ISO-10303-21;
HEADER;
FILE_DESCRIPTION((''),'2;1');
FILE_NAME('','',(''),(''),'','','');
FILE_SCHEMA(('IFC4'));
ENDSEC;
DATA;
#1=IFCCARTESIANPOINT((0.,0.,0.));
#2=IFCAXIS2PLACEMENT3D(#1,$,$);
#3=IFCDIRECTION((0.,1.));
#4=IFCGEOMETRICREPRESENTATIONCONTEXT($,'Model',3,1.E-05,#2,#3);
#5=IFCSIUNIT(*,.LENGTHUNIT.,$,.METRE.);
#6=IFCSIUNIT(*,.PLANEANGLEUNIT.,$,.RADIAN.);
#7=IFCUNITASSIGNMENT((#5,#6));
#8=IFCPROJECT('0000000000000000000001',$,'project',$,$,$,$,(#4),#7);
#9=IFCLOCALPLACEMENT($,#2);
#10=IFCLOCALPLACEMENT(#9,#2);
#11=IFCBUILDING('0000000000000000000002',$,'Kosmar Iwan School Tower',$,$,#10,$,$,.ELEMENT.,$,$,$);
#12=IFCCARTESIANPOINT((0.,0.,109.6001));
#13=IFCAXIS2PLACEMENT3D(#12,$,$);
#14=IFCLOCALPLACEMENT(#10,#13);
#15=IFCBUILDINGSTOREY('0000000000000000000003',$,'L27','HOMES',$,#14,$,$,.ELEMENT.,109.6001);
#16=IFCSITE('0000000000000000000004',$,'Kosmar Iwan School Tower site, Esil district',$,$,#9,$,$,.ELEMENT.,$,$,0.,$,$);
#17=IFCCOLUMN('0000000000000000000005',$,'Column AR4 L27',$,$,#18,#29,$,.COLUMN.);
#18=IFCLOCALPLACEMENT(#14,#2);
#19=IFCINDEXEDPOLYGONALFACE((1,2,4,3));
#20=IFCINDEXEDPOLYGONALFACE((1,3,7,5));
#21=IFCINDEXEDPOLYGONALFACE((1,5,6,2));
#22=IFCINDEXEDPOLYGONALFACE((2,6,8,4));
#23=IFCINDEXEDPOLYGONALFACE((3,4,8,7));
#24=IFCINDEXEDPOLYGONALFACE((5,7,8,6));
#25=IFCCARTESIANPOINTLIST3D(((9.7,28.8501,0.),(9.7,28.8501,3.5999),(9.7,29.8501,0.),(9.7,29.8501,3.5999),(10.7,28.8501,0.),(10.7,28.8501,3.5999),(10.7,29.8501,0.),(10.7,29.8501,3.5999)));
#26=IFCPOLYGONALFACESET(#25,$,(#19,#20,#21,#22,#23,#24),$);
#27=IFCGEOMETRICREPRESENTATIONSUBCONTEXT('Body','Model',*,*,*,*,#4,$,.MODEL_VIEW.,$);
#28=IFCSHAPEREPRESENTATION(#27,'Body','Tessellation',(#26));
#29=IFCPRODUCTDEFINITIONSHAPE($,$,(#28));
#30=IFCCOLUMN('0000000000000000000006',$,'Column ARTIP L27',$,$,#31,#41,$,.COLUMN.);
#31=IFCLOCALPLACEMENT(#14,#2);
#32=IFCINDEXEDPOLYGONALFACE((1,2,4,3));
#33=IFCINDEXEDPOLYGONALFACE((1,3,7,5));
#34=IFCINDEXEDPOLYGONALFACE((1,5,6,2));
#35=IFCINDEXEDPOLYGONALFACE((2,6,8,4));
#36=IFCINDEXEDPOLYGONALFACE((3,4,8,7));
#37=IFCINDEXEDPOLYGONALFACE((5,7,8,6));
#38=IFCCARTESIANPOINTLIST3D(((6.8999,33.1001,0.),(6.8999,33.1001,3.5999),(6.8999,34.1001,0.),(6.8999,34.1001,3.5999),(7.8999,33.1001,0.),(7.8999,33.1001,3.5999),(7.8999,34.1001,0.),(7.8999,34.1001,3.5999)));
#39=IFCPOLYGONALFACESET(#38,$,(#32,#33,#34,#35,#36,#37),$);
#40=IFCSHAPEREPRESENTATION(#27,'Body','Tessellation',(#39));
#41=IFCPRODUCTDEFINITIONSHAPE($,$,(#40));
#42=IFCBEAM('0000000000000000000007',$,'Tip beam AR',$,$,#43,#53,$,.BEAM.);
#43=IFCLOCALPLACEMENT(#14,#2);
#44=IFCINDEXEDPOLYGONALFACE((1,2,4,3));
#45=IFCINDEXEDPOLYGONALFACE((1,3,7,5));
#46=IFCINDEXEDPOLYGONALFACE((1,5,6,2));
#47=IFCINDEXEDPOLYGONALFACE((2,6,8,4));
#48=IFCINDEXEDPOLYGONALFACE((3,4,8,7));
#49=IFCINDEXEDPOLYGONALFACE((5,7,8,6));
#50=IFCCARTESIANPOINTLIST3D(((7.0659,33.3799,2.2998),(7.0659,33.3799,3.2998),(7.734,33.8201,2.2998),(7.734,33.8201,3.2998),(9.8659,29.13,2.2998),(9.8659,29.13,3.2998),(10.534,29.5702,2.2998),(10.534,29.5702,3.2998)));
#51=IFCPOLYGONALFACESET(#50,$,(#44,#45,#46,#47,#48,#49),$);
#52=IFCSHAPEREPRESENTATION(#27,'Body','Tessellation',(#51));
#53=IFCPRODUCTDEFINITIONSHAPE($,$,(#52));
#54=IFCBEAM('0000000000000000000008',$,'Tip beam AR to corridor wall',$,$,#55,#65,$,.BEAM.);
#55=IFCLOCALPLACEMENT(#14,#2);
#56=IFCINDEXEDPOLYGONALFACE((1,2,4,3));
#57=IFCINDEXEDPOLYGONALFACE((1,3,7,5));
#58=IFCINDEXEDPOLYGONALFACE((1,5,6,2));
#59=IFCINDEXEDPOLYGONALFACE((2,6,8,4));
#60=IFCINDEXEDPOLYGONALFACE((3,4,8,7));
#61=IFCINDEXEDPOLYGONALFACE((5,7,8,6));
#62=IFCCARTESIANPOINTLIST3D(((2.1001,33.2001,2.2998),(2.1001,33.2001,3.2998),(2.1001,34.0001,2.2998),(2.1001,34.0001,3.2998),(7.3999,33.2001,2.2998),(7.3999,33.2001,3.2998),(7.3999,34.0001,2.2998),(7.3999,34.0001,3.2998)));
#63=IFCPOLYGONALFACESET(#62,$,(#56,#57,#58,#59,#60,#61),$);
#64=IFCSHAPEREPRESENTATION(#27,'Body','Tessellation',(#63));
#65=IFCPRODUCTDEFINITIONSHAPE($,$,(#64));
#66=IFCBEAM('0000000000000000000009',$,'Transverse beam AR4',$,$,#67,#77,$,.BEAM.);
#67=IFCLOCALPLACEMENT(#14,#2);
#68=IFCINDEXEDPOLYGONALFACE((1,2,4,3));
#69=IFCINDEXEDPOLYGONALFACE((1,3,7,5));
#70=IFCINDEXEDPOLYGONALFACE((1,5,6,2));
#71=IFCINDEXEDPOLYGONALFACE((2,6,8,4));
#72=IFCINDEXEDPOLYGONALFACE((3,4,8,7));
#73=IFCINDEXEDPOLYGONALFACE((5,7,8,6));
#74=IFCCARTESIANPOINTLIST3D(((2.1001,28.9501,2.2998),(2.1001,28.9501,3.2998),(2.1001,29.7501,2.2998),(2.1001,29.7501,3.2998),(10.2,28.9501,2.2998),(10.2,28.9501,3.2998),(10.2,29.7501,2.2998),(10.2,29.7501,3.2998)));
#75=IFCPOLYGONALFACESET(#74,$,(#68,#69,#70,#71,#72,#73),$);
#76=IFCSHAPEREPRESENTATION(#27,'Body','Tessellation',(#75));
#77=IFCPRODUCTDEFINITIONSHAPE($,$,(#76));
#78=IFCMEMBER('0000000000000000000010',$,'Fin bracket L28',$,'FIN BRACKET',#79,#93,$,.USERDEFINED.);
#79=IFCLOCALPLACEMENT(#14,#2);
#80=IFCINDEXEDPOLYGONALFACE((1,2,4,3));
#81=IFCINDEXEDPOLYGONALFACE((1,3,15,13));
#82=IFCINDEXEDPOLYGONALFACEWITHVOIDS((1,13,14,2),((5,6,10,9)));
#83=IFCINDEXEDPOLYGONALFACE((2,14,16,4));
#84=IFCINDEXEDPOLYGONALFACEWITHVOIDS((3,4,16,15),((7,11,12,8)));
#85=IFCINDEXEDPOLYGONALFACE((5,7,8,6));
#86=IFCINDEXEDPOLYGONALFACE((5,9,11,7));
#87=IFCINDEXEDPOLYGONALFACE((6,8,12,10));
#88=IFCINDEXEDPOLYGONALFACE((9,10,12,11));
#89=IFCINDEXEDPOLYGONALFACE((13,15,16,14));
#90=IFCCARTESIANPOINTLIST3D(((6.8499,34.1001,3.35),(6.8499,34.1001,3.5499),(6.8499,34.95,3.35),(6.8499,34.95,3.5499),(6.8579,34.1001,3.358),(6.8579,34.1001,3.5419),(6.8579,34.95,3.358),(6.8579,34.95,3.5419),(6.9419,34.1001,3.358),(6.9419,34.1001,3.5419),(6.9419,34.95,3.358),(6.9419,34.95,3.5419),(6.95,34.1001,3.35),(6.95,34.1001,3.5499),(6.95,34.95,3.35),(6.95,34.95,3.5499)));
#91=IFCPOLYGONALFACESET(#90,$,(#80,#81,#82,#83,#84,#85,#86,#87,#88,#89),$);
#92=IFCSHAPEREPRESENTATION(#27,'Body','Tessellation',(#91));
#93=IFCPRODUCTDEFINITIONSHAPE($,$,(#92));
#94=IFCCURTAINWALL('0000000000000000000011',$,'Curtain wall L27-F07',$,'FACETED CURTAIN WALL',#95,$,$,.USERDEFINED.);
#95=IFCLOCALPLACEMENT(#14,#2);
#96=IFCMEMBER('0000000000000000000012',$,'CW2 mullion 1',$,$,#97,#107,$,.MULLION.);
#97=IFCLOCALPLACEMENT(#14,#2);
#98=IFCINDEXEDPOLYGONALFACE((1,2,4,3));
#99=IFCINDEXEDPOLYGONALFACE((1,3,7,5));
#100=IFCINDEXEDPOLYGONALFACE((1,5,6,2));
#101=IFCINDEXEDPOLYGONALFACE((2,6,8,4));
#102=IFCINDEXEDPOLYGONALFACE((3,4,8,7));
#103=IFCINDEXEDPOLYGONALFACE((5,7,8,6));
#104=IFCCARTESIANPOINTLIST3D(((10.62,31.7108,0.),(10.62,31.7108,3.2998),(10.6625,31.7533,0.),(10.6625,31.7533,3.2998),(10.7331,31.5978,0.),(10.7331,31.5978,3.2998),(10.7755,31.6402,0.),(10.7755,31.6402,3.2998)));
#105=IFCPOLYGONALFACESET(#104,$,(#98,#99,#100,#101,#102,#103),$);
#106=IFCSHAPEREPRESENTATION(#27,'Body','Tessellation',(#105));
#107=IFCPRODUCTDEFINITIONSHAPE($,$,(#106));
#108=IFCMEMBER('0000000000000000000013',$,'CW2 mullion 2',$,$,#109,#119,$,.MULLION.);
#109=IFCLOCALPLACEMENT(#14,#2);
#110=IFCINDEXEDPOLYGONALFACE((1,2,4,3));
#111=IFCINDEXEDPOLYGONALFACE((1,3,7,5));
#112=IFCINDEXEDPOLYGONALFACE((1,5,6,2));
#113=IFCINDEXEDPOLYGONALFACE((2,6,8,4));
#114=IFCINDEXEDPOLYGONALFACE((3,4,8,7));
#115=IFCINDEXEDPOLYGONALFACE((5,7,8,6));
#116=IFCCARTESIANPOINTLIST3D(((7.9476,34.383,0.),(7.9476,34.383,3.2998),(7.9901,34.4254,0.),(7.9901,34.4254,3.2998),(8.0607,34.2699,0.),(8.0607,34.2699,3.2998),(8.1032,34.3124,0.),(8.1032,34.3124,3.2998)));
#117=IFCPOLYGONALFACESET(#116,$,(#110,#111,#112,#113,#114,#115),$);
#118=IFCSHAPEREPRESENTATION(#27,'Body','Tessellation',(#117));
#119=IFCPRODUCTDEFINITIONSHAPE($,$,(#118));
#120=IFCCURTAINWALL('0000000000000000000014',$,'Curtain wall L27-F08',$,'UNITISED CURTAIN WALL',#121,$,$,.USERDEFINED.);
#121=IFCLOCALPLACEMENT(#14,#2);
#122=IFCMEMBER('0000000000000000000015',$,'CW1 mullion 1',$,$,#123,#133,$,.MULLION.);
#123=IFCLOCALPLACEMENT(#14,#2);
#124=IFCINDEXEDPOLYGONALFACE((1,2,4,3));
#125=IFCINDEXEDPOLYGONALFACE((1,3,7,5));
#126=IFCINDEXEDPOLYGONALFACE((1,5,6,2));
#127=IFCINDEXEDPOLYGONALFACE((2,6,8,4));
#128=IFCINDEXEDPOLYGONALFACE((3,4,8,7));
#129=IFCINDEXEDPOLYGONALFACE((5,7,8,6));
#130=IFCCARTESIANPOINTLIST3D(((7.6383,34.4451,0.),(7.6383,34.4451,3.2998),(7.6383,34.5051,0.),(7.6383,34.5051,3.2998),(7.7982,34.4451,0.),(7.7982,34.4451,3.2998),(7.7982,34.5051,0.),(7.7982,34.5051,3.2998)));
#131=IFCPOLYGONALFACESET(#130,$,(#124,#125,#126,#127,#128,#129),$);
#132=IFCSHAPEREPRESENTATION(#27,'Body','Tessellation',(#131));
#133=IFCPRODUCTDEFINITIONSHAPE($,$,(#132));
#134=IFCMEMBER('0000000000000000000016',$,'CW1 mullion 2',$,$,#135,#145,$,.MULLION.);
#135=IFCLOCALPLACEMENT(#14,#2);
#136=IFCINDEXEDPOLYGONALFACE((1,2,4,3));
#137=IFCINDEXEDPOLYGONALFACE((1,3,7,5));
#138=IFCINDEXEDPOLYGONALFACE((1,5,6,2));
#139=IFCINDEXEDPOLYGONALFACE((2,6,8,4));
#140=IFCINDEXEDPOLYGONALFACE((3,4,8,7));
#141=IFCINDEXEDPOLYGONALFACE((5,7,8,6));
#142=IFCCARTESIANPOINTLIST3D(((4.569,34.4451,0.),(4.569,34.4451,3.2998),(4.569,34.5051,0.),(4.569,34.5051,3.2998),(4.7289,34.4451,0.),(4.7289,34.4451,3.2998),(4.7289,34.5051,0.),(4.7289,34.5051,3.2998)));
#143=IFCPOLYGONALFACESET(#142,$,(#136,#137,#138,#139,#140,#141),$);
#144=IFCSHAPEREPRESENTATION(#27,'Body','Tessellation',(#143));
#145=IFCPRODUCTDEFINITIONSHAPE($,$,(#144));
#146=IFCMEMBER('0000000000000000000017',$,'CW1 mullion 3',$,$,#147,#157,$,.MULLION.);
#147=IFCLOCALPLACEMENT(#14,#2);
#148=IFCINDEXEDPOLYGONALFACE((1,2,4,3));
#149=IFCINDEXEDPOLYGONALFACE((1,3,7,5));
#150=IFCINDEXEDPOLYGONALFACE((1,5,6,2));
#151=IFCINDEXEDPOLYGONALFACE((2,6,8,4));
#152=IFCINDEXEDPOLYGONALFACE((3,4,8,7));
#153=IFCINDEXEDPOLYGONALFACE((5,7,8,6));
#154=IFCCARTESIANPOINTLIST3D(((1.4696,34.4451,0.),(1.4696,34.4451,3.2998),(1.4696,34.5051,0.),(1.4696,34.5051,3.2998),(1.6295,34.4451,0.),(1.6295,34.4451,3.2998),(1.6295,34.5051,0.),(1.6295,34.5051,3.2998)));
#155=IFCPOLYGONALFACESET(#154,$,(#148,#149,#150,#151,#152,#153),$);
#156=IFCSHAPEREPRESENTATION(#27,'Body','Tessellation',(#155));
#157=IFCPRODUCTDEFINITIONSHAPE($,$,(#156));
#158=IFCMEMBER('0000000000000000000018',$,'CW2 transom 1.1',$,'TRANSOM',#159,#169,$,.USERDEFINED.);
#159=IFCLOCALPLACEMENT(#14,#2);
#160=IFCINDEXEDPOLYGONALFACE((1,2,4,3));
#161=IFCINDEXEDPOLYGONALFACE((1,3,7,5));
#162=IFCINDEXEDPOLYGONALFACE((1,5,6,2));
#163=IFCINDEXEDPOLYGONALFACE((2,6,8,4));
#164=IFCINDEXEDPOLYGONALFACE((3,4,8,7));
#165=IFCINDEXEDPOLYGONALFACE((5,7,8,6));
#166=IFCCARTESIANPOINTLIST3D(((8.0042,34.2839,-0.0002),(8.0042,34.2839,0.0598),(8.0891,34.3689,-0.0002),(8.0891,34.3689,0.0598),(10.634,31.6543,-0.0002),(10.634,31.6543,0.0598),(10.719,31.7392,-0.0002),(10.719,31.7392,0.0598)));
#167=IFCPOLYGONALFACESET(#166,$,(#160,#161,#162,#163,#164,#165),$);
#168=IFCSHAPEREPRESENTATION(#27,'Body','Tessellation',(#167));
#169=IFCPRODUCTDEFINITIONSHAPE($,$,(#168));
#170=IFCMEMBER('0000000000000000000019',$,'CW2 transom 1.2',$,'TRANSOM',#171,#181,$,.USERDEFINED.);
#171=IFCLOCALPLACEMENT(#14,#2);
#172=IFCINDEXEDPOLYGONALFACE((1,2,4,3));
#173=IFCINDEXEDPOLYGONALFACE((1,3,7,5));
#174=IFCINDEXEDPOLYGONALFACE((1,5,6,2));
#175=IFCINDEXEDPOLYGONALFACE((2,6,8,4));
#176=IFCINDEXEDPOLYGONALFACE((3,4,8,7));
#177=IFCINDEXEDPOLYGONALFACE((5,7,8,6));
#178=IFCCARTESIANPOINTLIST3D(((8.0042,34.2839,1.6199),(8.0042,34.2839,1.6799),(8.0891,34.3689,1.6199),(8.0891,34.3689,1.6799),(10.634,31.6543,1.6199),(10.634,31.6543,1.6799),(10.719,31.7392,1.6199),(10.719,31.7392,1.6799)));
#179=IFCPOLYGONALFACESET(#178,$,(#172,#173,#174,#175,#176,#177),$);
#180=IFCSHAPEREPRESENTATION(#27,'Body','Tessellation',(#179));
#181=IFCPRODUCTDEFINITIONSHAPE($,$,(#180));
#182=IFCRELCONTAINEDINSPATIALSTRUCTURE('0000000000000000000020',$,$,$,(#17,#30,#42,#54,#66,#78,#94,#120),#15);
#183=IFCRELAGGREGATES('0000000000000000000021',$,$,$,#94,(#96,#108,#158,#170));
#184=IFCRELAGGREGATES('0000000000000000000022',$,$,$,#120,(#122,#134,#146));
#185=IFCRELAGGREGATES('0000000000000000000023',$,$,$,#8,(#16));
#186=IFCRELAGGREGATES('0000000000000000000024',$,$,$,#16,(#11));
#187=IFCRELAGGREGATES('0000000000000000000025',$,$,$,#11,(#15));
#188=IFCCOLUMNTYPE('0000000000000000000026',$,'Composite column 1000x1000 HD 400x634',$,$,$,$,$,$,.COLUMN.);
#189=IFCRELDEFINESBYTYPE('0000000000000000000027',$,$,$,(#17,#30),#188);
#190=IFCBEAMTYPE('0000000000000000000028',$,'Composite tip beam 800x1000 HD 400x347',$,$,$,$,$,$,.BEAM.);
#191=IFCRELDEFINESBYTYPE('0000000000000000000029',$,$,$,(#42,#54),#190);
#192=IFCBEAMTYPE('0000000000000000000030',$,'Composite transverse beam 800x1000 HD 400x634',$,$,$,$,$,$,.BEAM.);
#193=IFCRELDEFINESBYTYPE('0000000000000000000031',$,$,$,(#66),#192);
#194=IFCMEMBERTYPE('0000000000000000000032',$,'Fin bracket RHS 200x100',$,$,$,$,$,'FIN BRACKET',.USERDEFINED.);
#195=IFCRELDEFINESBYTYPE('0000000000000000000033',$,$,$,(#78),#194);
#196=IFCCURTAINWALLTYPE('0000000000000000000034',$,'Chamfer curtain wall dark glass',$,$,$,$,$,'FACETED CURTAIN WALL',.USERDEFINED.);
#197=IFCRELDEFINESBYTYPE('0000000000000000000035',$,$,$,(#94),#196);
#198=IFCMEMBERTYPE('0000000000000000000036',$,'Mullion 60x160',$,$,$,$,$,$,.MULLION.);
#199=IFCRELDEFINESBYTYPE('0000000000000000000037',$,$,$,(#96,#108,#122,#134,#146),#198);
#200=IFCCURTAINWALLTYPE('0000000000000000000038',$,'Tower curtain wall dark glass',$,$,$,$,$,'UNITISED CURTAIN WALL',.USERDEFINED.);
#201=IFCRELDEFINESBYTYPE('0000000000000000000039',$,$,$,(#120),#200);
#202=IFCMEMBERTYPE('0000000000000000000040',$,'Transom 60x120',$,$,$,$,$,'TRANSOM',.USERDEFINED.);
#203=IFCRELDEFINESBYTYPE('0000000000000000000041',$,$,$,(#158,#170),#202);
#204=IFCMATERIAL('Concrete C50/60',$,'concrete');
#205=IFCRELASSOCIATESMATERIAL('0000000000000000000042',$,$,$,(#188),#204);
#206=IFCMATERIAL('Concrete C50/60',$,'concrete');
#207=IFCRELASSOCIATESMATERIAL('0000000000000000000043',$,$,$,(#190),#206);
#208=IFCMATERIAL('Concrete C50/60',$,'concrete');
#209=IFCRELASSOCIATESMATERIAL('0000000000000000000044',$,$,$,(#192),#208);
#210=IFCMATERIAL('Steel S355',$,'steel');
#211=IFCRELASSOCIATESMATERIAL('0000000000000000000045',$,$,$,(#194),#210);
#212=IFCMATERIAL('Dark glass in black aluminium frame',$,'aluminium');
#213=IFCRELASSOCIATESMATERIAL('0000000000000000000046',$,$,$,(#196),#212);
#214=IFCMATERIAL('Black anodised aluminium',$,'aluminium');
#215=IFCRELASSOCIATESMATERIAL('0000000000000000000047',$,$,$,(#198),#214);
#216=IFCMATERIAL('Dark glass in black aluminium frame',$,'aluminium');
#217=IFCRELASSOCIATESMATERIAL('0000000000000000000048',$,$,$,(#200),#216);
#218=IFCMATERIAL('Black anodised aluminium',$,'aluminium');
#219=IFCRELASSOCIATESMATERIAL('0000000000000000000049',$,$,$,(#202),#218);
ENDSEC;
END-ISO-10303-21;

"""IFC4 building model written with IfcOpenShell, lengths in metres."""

from ifc_helpers import new_model, si_unit, direction, frame, origin, origin_2d, place, context, subcontext, project, spatial, rectangle, hollow_rectangle, extrude, material, material_profile, profile_set, type_object, element, aggregate, save


model = new_model("IFC4")

# Units and contexts
model_context = context("Model", 3, precision=1e-05, world=origin(), true_north=direction((0.0, 1.0)))
body_context = subcontext(model_context, "Body", "Model", "MODEL_VIEW")
ifc_project = project(units=[si_unit("LENGTHUNIT", "METRE"), si_unit("PLANEANGLEUNIT", "RADIAN")], contexts=[model_context])

# Site, building, storey
site_placement = place(None, origin())
site = spatial("IfcSite", under=ifc_project, at=site_placement, Name="Kosmar Iwan School Tower site, Esil district", CompositionType="ELEMENT", RefElevation=0.0)
building_placement = place(site_placement, origin())
building = spatial("IfcBuilding", under=site, at=building_placement, Name="Kosmar Iwan School Tower", CompositionType="ELEMENT")
storey_placement = place(building_placement, frame((0.0, 0.0, 109.6001)))
storey = spatial("IfcBuildingStorey", under=building, at=storey_placement, Name="L27", Description="HOMES", CompositionType="ELEMENT", Elevation=109.6001)

# Columns
ifc_material_1 = material(Name="Concrete C50/60", Category="concrete")
ifc_material_profile_1 = material_profile(ifc_material_1, rectangle(XDim=1.0, YDim=1.0, at=origin_2d()), Name="RC 1000x1000 + HD 400x634")
ifc_profile_set_1 = profile_set([ifc_material_profile_1], Name="Concrete C50/60")
column_type = type_object("IfcColumnType", Name="Composite column 1000x1000 HD 400x634", PredefinedType="COLUMN", material=ifc_profile_set_1)
for number, where, z_axis, x_axis, name in (
    (1, (10.2, 29.3501, 0.0), (0.0, 0.0, 1.0), (0.0, 1.0, 0.0), "Column AR4 L27"),
    (2, (7.3999, 33.6001, 0.0), (0.0, 0.0, 1.0), (0.0, 1.0, 0.0), "Column ARTIP L27"),
):
    element("IfcColumn", number, at=place(storey_placement, frame(where, z_axis=z_axis, x_axis=x_axis)), inside=storey, type_object=column_type, Name=name, PredefinedType="COLUMN", context=body_context, shape_type="SweptSolid", body=[
        extrude(rectangle(XDim=1.0, YDim=1.0, at=origin_2d()), origin(), (0.0, 0.0, 1.0), 3.5999),
    ])

# Beams
ifc_material_2 = material(Name="Concrete C50/60", Category="concrete")
ifc_material_profile_2 = material_profile(ifc_material_2, rectangle(XDim=0.8, YDim=1.0, at=origin_2d()), Name="RC 800x1000 + HD 400x347")
ifc_profile_set_2 = profile_set([ifc_material_profile_2], Name="Concrete C50/60")
beam_type_1 = type_object("IfcBeamType", Name="Composite tip beam 800x1000 HD 400x347", PredefinedType="BEAM", material=ifc_profile_set_2)
beam_1_placement = place(storey_placement, frame((10.2, 29.3501, 2.7998), z_axis=(-0.550164, 0.835056, 0.0), x_axis=(-0.835056, -0.550164, 0.0)))
element("IfcBeam", 3, at=beam_1_placement, inside=storey, type_object=beam_type_1, Name="Tip beam AR", PredefinedType="BEAM", context=body_context, shape_type="SweptSolid", body=[
    extrude(rectangle(XDim=0.8, YDim=1.0, at=origin_2d()), origin(), (0.0, 0.0, 1.0), 5.0894),
])
beam_2_placement = place(storey_placement, frame((7.3999, 33.6001, 2.7998), z_axis=(-1.0, 0.0, 0.0), x_axis=(0.0, -1.0, 0.0)))
element("IfcBeam", 4, at=beam_2_placement, inside=storey, type_object=beam_type_1, Name="Tip beam AR to corridor wall", PredefinedType="BEAM", context=body_context, shape_type="SweptSolid", body=[
    extrude(rectangle(XDim=0.8, YDim=1.0, at=origin_2d()), origin(), (0.0, 0.0, 1.0), 5.2998),
])
ifc_material_3 = material(Name="Concrete C50/60", Category="concrete")
ifc_material_profile_3 = material_profile(ifc_material_3, rectangle(XDim=0.8, YDim=1.0, at=origin_2d()), Name="RC 800x1000 + HD 400x634")
ifc_profile_set_3 = profile_set([ifc_material_profile_3], Name="Concrete C50/60")
beam_type_2 = type_object("IfcBeamType", Name="Composite transverse beam 800x1000 HD 400x634", PredefinedType="BEAM", material=ifc_profile_set_3)
beam_3_placement = place(storey_placement, frame((10.2, 29.3501, 2.7998), z_axis=(-1.0, 0.0, 0.0), x_axis=(0.0, -1.0, 0.0)))
element("IfcBeam", 5, at=beam_3_placement, inside=storey, type_object=beam_type_2, Name="Transverse beam AR4", PredefinedType="BEAM", context=body_context, shape_type="SweptSolid", body=[
    extrude(rectangle(XDim=0.8, YDim=1.0, at=origin_2d()), origin(), (0.0, 0.0, 1.0), 8.0999),
])

# Member
ifc_material_4 = material(Name="Steel S355", Category="steel")
ifc_material_profile_4 = material_profile(ifc_material_4, hollow_rectangle(XDim=0.1001, YDim=0.2, WallThickness=0.0081, at=origin_2d()), Name="RHS 200x100x8")
ifc_profile_set_4 = profile_set([ifc_material_profile_4], Name="Steel S355")
member_type_1 = type_object("IfcMemberType", Name="Fin bracket RHS 200x100", ElementType="FIN BRACKET", PredefinedType="USERDEFINED", material=ifc_profile_set_4)
member_1_placement = place(storey_placement, frame((6.8999, 34.1001, 3.45), z_axis=(0.0, 1.0, 0.0), x_axis=(-1.0, 0.0, 0.0)))
element("IfcMember", 6, at=member_1_placement, inside=storey, type_object=member_type_1, Name="Fin bracket L28", ObjectType="FIN BRACKET", PredefinedType="USERDEFINED", context=body_context, shape_type="SweptSolid", body=[
    extrude(hollow_rectangle(XDim=0.1001, YDim=0.2, WallThickness=0.0081, at=origin_2d()), origin(), (0.0, 0.0, 1.0), 0.8499),
])

# Curtain walls, members
ifc_material_5 = material(Name="Dark glass in black aluminium frame", Category="aluminium")
curtain_wall_type_1 = type_object("IfcCurtainWallType", Name="Chamfer curtain wall dark glass", ElementType="FACETED CURTAIN WALL", PredefinedType="USERDEFINED", material=ifc_material_5)
curtain_wall_1_placement = place(storey_placement, origin())
curtain_wall_1 = element("IfcCurtainWall", 7, at=curtain_wall_1_placement, inside=storey, type_object=curtain_wall_type_1, Name="Curtain wall L27-F07", ObjectType="FACETED CURTAIN WALL", PredefinedType="USERDEFINED")
ifc_material_6 = material(Name="Black anodised aluminium", Category="aluminium")
ifc_material_profile_5 = material_profile(ifc_material_6, rectangle(XDim=0.0601, YDim=0.1599, at=origin_2d()), Name="MULLION 60x160")
ifc_profile_set_5 = profile_set([ifc_material_profile_5], Name="Black anodised aluminium")
member_type_2 = type_object("IfcMemberType", Name="Mullion 60x160", PredefinedType="MULLION", material=ifc_profile_set_5)
member_2_placement = place(storey_placement, frame((10.6978, 31.6755, 0.0), z_axis=(0.0, 0.0, 1.0), x_axis=(-0.707107, -0.707107, 0.0)))
member_2 = element("IfcMember", 8, at=member_2_placement, type_object=member_type_2, Name="CW2 mullion 1", PredefinedType="MULLION", context=body_context, shape_type="SweptSolid", body=[
    extrude(rectangle(XDim=0.0601, YDim=0.1599, at=origin_2d()), origin(), (0.0, 0.0, 1.0), 3.2998),
])
member_3_placement = place(storey_placement, frame((8.0254, 34.3477, 0.0), z_axis=(0.0, 0.0, 1.0), x_axis=(-0.707107, -0.707107, 0.0)))
member_3 = element("IfcMember", 9, at=member_3_placement, type_object=member_type_2, Name="CW2 mullion 2", PredefinedType="MULLION", context=body_context, shape_type="SweptSolid", body=[
    extrude(rectangle(XDim=0.0601, YDim=0.1599, at=origin_2d()), origin(), (0.0, 0.0, 1.0), 3.2998),
])
ifc_material_7 = material(Name="Dark glass in black aluminium frame", Category="aluminium")
curtain_wall_type_2 = type_object("IfcCurtainWallType", Name="Tower curtain wall dark glass", ElementType="UNITISED CURTAIN WALL", PredefinedType="USERDEFINED", material=ifc_material_7)
curtain_wall_2_placement = place(storey_placement, origin())
curtain_wall_2 = element("IfcCurtainWall", 10, at=curtain_wall_2_placement, inside=storey, type_object=curtain_wall_type_2, Name="Curtain wall L27-F08", ObjectType="UNITISED CURTAIN WALL", PredefinedType="USERDEFINED")
member_4_placement = place(storey_placement, frame((7.7183, 34.4751, 0.0), z_axis=(0.0, 0.0, 1.0), x_axis=(0.0, -1.0, 0.0)))
member_4 = element("IfcMember", 11, at=member_4_placement, type_object=member_type_2, Name="CW1 mullion 1", PredefinedType="MULLION", context=body_context, shape_type="SweptSolid", body=[
    extrude(rectangle(XDim=0.0601, YDim=0.1599, at=origin_2d()), origin(), (0.0, 0.0, 1.0), 3.2998),
])
member_5_placement = place(storey_placement, frame((4.6489, 34.4751, 0.0), z_axis=(0.0, 0.0, 1.0), x_axis=(0.0, -1.0, 0.0)))
member_5 = element("IfcMember", 12, at=member_5_placement, type_object=member_type_2, Name="CW1 mullion 2", PredefinedType="MULLION", context=body_context, shape_type="SweptSolid", body=[
    extrude(rectangle(XDim=0.0601, YDim=0.1599, at=origin_2d()), origin(), (0.0, 0.0, 1.0), 3.2998),
])
member_6_placement = place(storey_placement, frame((1.5496, 34.4751, 0.0), z_axis=(0.0, 0.0, 1.0), x_axis=(0.0, -1.0, 0.0)))
member_6 = element("IfcMember", 13, at=member_6_placement, type_object=member_type_2, Name="CW1 mullion 3", PredefinedType="MULLION", context=body_context, shape_type="SweptSolid", body=[
    extrude(rectangle(XDim=0.0601, YDim=0.1599, at=origin_2d()), origin(), (0.0, 0.0, 1.0), 3.2998),
])

# Members
ifc_material_8 = material(Name="Black anodised aluminium", Category="aluminium")
ifc_material_profile_6 = material_profile(ifc_material_8, rectangle(XDim=0.1201, YDim=0.0601, at=origin_2d()), Name="TRANSOM 60x120")
ifc_profile_set_6 = profile_set([ifc_material_profile_6], Name="Black anodised aluminium")
member_type_3 = type_object("IfcMemberType", Name="Transom 60x120", ElementType="TRANSOM", PredefinedType="USERDEFINED", material=ifc_profile_set_6)
member_7_placement = place(storey_placement, frame((10.6765, 31.6968, 0.0298), z_axis=(-0.70714, 0.707074, 0.0), x_axis=(-0.707074, -0.70714, 0.0)))
member_7 = element("IfcMember", 14, at=member_7_placement, type_object=member_type_3, Name="CW2 transom 1.1", ObjectType="TRANSOM", PredefinedType="USERDEFINED", context=body_context, shape_type="SweptSolid", body=[
    extrude(rectangle(XDim=0.1201, YDim=0.0601, at=origin_2d()), origin(), (0.0, 0.0, 1.0), 3.719),
])
member_8_placement = place(storey_placement, frame((10.6765, 31.6968, 1.6499), z_axis=(-0.70714, 0.707074, 0.0), x_axis=(-0.707074, -0.70714, 0.0)))
member_8 = element("IfcMember", 15, at=member_8_placement, type_object=member_type_3, Name="CW2 transom 1.2", ObjectType="TRANSOM", PredefinedType="USERDEFINED", context=body_context, shape_type="SweptSolid", body=[
    extrude(rectangle(XDim=0.1201, YDim=0.0601, at=origin_2d()), origin(), (0.0, 0.0, 1.0), 3.719),
])

aggregate(curtain_wall_1, [member_2, member_3, member_7, member_8])
aggregate(curtain_wall_2, [member_4, member_5, member_6])

save(model, "model.ifc")
